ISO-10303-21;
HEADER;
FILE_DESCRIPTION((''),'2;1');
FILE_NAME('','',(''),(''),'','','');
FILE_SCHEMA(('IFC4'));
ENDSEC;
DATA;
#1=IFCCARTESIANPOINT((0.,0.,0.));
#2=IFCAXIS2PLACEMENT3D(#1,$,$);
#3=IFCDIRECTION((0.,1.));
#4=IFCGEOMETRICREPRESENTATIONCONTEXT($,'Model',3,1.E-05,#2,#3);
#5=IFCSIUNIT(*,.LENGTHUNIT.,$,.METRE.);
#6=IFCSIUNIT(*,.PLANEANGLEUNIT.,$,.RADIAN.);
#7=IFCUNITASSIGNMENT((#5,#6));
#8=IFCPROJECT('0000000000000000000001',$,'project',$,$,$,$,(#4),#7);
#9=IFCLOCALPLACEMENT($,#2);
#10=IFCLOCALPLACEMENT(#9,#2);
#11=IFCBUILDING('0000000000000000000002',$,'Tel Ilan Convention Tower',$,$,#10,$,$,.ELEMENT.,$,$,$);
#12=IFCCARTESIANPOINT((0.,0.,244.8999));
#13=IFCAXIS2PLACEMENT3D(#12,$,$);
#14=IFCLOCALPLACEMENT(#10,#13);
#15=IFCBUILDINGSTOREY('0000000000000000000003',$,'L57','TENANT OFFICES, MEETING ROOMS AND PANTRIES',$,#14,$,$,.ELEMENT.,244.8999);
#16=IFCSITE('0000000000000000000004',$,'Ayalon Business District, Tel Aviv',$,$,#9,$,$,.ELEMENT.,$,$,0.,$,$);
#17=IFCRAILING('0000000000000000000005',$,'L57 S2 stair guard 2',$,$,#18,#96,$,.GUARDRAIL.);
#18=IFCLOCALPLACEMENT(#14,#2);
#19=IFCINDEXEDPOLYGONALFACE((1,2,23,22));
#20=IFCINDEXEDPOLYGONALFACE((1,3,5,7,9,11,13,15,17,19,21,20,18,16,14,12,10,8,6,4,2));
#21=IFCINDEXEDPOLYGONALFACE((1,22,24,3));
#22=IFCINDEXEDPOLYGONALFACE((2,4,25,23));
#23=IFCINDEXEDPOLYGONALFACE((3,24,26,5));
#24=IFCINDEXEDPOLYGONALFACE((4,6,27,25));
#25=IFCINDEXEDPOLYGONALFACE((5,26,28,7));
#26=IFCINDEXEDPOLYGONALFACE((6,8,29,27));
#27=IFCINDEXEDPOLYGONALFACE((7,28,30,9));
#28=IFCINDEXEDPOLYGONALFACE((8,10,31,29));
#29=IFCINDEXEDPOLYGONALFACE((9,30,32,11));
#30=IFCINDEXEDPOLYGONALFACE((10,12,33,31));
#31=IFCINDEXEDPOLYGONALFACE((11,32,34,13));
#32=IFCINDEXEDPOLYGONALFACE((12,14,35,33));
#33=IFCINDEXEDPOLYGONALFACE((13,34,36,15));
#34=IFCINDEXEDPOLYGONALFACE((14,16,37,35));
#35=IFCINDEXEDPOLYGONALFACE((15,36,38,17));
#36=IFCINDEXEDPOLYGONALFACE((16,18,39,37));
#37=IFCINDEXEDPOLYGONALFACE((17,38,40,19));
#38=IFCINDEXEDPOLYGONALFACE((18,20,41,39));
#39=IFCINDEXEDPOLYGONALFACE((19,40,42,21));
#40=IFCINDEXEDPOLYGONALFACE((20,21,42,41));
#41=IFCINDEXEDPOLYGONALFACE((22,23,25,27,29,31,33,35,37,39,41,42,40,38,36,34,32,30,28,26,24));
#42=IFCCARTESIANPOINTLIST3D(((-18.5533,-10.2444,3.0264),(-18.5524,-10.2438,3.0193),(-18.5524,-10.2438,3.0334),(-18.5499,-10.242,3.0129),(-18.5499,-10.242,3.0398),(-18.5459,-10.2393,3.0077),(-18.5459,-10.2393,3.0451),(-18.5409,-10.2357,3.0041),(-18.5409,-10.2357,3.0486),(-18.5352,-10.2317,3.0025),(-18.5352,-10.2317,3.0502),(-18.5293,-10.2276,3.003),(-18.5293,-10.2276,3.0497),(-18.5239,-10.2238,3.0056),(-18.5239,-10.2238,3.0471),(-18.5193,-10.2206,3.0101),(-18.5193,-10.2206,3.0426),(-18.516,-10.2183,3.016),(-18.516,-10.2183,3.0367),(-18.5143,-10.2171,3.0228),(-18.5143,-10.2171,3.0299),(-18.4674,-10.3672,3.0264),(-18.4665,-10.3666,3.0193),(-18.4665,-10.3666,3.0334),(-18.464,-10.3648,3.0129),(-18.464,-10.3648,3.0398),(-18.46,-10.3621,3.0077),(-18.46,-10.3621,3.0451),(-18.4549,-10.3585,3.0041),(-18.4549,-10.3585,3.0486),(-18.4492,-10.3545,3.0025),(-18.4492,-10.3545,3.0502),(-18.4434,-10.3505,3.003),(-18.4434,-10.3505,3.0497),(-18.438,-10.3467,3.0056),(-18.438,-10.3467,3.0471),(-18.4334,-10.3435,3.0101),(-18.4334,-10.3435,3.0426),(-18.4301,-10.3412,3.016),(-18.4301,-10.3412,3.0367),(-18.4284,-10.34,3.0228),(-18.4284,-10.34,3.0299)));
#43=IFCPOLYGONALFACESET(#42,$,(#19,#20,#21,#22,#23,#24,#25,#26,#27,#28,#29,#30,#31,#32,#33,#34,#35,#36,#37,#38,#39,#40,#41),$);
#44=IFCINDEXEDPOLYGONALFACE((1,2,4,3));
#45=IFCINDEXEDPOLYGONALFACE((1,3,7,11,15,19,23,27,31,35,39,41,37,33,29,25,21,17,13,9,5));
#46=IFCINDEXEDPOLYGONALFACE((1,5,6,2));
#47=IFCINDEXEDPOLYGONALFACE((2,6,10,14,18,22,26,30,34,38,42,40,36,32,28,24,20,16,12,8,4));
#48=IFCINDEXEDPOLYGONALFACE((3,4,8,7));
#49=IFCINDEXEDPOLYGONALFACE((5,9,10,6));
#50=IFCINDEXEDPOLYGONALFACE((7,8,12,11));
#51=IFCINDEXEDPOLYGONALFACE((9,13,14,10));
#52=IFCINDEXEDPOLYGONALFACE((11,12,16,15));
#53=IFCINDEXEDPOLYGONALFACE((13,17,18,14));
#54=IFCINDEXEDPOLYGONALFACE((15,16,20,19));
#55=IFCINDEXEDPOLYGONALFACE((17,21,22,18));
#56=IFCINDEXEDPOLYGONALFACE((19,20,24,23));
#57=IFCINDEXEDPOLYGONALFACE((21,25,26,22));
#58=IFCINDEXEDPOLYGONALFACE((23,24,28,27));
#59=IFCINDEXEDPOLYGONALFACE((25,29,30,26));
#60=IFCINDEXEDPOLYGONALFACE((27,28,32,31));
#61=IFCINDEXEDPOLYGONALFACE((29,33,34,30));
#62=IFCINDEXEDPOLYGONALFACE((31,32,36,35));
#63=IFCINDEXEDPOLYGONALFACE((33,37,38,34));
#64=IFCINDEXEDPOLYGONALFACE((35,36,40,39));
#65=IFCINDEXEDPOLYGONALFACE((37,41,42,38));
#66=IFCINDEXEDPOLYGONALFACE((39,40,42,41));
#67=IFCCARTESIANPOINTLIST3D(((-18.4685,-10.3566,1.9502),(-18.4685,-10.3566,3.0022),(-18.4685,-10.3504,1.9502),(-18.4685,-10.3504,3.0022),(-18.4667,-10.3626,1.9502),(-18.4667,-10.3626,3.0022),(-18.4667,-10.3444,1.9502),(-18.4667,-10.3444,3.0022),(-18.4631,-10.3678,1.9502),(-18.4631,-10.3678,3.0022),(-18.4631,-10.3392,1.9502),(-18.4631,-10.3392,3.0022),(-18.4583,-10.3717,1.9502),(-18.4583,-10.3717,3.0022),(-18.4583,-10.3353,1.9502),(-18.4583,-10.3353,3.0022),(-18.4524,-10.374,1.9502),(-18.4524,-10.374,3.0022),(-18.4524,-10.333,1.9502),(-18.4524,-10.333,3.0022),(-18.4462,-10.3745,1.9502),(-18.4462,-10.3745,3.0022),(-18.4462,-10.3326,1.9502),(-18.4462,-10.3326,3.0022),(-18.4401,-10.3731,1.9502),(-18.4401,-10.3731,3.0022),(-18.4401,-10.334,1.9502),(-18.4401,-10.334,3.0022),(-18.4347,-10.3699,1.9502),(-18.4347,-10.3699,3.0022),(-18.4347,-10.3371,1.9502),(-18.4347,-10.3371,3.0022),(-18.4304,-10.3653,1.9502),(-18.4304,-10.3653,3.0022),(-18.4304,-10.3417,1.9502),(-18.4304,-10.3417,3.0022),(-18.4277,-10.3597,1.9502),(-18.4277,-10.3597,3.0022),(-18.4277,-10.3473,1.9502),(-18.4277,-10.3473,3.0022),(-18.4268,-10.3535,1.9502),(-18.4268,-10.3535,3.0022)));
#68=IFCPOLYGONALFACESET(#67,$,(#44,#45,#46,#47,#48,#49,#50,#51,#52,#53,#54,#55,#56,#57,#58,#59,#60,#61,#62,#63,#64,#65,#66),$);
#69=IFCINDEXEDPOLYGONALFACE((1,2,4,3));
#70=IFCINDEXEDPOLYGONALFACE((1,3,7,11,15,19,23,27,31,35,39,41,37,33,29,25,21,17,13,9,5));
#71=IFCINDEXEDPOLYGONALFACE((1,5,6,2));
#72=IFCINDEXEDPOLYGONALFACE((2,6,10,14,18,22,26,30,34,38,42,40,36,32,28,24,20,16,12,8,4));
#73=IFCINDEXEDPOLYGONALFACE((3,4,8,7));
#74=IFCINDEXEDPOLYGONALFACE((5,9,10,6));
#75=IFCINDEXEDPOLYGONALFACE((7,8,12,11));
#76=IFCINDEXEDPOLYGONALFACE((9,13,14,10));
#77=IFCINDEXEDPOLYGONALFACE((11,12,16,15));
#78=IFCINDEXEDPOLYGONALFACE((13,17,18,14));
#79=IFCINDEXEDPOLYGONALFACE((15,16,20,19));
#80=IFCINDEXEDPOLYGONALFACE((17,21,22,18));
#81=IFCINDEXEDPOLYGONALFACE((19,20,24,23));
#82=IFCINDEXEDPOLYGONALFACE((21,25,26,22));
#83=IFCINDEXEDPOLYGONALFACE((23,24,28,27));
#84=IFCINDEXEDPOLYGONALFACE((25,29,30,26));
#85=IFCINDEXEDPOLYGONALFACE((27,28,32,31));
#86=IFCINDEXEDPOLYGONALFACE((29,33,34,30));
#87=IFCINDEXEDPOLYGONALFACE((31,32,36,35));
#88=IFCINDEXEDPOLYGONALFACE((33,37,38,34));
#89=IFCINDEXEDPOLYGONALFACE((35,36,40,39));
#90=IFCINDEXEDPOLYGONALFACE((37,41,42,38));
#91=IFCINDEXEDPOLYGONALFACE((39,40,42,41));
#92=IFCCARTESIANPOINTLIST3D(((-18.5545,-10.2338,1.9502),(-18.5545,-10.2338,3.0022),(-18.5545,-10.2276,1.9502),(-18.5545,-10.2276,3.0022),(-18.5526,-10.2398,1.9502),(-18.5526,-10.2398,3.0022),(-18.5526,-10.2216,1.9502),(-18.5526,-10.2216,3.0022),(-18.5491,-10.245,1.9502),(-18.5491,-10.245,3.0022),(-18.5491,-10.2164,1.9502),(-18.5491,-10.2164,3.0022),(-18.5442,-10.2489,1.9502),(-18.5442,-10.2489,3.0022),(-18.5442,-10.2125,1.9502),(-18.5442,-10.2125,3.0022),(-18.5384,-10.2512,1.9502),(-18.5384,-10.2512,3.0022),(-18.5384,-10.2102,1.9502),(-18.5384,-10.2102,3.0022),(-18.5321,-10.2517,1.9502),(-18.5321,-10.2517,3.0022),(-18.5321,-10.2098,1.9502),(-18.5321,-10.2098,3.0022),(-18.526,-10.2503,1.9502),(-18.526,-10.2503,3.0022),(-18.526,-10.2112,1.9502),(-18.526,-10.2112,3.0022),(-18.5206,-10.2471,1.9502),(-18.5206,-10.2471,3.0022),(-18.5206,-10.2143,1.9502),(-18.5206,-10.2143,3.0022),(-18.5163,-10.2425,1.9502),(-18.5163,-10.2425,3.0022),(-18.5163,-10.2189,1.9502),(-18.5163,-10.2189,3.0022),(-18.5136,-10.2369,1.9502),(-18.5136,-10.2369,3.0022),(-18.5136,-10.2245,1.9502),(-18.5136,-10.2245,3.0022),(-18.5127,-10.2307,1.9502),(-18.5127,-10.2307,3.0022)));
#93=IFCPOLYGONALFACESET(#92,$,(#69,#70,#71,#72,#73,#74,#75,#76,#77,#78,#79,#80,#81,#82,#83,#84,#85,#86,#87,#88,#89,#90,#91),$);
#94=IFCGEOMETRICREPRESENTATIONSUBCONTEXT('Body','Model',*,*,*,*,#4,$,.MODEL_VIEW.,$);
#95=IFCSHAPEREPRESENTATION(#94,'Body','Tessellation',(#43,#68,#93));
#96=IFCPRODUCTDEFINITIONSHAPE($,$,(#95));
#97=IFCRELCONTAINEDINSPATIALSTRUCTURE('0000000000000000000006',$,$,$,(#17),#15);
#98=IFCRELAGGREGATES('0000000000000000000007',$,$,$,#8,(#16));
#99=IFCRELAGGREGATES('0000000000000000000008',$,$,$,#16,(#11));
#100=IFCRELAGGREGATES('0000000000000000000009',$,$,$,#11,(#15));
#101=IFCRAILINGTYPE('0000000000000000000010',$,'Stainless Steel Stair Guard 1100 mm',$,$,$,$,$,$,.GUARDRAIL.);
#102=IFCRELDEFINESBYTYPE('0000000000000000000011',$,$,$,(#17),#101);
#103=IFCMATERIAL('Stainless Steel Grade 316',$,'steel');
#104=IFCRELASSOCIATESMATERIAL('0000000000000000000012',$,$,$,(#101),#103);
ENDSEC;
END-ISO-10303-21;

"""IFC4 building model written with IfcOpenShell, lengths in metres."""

from ifc_helpers import new_model, si_unit, direction, frame, origin, origin_2d, place, context, subcontext, project, spatial, circle, extrude, material, type_object, element, save


model = new_model("IFC4")

# Units and contexts
model_context = context("Model", 3, precision=1e-05, world=origin(), true_north=direction((0.0, 1.0)))
body_context = subcontext(model_context, "Body", "Model", "MODEL_VIEW")
ifc_project = project(units=[si_unit("LENGTHUNIT", "METRE"), si_unit("PLANEANGLEUNIT", "RADIAN")], contexts=[model_context])

# Site, building, storey
site_placement = place(None, origin())
site = spatial("IfcSite", under=ifc_project, at=site_placement, Name="Ayalon Business District, Tel Aviv", CompositionType="ELEMENT", RefElevation=0.0)
building_placement = place(site_placement, origin())
building = spatial("IfcBuilding", under=site, at=building_placement, Name="Tel Ilan Convention Tower", CompositionType="ELEMENT")
storey_placement = place(building_placement, frame((0.0, 0.0, 244.8999)))
storey = spatial("IfcBuildingStorey", under=building, at=storey_placement, Name="L57", Description="TENANT OFFICES, MEETING ROOMS AND PANTRIES", CompositionType="ELEMENT", Elevation=244.8999)

# Railing
ifc_material_1 = material(Name="Stainless Steel Grade 316", Category="steel")
railing_type_1 = type_object("IfcRailingType", Name="Stainless Steel Stair Guard 1100 mm", PredefinedType="GUARDRAIL", material=ifc_material_1)
railing_1_placement = place(storey_placement, frame((-18.4478, -10.3535, 1.9502)))
element("IfcRailing", 1, at=railing_1_placement, inside=storey, type_object=railing_type_1, Name="L57 S2 stair guard 2", PredefinedType="GUARDRAIL", context=body_context, shape_type="SweptSolid", body=[
    extrude(circle(Radius=0.0239, at=origin_2d()), frame((0.0, 0.0, 1.0762), z_axis=(-0.573353, 0.819308, 0.0), x_axis=(-0.819308, -0.573353, 0.0)), (0.0, 0.0, 1.0), 0.1499),
    extrude(circle(Radius=0.021, at=origin_2d()), origin(), (0.0, 0.0, 1.0), 1.052),
    extrude(circle(Radius=0.021, at=origin_2d()), frame((-0.0859, 0.1228, 0.0)), (0.0, 0.0, 1.0), 1.052),
])

save(model, "model.ifc")
